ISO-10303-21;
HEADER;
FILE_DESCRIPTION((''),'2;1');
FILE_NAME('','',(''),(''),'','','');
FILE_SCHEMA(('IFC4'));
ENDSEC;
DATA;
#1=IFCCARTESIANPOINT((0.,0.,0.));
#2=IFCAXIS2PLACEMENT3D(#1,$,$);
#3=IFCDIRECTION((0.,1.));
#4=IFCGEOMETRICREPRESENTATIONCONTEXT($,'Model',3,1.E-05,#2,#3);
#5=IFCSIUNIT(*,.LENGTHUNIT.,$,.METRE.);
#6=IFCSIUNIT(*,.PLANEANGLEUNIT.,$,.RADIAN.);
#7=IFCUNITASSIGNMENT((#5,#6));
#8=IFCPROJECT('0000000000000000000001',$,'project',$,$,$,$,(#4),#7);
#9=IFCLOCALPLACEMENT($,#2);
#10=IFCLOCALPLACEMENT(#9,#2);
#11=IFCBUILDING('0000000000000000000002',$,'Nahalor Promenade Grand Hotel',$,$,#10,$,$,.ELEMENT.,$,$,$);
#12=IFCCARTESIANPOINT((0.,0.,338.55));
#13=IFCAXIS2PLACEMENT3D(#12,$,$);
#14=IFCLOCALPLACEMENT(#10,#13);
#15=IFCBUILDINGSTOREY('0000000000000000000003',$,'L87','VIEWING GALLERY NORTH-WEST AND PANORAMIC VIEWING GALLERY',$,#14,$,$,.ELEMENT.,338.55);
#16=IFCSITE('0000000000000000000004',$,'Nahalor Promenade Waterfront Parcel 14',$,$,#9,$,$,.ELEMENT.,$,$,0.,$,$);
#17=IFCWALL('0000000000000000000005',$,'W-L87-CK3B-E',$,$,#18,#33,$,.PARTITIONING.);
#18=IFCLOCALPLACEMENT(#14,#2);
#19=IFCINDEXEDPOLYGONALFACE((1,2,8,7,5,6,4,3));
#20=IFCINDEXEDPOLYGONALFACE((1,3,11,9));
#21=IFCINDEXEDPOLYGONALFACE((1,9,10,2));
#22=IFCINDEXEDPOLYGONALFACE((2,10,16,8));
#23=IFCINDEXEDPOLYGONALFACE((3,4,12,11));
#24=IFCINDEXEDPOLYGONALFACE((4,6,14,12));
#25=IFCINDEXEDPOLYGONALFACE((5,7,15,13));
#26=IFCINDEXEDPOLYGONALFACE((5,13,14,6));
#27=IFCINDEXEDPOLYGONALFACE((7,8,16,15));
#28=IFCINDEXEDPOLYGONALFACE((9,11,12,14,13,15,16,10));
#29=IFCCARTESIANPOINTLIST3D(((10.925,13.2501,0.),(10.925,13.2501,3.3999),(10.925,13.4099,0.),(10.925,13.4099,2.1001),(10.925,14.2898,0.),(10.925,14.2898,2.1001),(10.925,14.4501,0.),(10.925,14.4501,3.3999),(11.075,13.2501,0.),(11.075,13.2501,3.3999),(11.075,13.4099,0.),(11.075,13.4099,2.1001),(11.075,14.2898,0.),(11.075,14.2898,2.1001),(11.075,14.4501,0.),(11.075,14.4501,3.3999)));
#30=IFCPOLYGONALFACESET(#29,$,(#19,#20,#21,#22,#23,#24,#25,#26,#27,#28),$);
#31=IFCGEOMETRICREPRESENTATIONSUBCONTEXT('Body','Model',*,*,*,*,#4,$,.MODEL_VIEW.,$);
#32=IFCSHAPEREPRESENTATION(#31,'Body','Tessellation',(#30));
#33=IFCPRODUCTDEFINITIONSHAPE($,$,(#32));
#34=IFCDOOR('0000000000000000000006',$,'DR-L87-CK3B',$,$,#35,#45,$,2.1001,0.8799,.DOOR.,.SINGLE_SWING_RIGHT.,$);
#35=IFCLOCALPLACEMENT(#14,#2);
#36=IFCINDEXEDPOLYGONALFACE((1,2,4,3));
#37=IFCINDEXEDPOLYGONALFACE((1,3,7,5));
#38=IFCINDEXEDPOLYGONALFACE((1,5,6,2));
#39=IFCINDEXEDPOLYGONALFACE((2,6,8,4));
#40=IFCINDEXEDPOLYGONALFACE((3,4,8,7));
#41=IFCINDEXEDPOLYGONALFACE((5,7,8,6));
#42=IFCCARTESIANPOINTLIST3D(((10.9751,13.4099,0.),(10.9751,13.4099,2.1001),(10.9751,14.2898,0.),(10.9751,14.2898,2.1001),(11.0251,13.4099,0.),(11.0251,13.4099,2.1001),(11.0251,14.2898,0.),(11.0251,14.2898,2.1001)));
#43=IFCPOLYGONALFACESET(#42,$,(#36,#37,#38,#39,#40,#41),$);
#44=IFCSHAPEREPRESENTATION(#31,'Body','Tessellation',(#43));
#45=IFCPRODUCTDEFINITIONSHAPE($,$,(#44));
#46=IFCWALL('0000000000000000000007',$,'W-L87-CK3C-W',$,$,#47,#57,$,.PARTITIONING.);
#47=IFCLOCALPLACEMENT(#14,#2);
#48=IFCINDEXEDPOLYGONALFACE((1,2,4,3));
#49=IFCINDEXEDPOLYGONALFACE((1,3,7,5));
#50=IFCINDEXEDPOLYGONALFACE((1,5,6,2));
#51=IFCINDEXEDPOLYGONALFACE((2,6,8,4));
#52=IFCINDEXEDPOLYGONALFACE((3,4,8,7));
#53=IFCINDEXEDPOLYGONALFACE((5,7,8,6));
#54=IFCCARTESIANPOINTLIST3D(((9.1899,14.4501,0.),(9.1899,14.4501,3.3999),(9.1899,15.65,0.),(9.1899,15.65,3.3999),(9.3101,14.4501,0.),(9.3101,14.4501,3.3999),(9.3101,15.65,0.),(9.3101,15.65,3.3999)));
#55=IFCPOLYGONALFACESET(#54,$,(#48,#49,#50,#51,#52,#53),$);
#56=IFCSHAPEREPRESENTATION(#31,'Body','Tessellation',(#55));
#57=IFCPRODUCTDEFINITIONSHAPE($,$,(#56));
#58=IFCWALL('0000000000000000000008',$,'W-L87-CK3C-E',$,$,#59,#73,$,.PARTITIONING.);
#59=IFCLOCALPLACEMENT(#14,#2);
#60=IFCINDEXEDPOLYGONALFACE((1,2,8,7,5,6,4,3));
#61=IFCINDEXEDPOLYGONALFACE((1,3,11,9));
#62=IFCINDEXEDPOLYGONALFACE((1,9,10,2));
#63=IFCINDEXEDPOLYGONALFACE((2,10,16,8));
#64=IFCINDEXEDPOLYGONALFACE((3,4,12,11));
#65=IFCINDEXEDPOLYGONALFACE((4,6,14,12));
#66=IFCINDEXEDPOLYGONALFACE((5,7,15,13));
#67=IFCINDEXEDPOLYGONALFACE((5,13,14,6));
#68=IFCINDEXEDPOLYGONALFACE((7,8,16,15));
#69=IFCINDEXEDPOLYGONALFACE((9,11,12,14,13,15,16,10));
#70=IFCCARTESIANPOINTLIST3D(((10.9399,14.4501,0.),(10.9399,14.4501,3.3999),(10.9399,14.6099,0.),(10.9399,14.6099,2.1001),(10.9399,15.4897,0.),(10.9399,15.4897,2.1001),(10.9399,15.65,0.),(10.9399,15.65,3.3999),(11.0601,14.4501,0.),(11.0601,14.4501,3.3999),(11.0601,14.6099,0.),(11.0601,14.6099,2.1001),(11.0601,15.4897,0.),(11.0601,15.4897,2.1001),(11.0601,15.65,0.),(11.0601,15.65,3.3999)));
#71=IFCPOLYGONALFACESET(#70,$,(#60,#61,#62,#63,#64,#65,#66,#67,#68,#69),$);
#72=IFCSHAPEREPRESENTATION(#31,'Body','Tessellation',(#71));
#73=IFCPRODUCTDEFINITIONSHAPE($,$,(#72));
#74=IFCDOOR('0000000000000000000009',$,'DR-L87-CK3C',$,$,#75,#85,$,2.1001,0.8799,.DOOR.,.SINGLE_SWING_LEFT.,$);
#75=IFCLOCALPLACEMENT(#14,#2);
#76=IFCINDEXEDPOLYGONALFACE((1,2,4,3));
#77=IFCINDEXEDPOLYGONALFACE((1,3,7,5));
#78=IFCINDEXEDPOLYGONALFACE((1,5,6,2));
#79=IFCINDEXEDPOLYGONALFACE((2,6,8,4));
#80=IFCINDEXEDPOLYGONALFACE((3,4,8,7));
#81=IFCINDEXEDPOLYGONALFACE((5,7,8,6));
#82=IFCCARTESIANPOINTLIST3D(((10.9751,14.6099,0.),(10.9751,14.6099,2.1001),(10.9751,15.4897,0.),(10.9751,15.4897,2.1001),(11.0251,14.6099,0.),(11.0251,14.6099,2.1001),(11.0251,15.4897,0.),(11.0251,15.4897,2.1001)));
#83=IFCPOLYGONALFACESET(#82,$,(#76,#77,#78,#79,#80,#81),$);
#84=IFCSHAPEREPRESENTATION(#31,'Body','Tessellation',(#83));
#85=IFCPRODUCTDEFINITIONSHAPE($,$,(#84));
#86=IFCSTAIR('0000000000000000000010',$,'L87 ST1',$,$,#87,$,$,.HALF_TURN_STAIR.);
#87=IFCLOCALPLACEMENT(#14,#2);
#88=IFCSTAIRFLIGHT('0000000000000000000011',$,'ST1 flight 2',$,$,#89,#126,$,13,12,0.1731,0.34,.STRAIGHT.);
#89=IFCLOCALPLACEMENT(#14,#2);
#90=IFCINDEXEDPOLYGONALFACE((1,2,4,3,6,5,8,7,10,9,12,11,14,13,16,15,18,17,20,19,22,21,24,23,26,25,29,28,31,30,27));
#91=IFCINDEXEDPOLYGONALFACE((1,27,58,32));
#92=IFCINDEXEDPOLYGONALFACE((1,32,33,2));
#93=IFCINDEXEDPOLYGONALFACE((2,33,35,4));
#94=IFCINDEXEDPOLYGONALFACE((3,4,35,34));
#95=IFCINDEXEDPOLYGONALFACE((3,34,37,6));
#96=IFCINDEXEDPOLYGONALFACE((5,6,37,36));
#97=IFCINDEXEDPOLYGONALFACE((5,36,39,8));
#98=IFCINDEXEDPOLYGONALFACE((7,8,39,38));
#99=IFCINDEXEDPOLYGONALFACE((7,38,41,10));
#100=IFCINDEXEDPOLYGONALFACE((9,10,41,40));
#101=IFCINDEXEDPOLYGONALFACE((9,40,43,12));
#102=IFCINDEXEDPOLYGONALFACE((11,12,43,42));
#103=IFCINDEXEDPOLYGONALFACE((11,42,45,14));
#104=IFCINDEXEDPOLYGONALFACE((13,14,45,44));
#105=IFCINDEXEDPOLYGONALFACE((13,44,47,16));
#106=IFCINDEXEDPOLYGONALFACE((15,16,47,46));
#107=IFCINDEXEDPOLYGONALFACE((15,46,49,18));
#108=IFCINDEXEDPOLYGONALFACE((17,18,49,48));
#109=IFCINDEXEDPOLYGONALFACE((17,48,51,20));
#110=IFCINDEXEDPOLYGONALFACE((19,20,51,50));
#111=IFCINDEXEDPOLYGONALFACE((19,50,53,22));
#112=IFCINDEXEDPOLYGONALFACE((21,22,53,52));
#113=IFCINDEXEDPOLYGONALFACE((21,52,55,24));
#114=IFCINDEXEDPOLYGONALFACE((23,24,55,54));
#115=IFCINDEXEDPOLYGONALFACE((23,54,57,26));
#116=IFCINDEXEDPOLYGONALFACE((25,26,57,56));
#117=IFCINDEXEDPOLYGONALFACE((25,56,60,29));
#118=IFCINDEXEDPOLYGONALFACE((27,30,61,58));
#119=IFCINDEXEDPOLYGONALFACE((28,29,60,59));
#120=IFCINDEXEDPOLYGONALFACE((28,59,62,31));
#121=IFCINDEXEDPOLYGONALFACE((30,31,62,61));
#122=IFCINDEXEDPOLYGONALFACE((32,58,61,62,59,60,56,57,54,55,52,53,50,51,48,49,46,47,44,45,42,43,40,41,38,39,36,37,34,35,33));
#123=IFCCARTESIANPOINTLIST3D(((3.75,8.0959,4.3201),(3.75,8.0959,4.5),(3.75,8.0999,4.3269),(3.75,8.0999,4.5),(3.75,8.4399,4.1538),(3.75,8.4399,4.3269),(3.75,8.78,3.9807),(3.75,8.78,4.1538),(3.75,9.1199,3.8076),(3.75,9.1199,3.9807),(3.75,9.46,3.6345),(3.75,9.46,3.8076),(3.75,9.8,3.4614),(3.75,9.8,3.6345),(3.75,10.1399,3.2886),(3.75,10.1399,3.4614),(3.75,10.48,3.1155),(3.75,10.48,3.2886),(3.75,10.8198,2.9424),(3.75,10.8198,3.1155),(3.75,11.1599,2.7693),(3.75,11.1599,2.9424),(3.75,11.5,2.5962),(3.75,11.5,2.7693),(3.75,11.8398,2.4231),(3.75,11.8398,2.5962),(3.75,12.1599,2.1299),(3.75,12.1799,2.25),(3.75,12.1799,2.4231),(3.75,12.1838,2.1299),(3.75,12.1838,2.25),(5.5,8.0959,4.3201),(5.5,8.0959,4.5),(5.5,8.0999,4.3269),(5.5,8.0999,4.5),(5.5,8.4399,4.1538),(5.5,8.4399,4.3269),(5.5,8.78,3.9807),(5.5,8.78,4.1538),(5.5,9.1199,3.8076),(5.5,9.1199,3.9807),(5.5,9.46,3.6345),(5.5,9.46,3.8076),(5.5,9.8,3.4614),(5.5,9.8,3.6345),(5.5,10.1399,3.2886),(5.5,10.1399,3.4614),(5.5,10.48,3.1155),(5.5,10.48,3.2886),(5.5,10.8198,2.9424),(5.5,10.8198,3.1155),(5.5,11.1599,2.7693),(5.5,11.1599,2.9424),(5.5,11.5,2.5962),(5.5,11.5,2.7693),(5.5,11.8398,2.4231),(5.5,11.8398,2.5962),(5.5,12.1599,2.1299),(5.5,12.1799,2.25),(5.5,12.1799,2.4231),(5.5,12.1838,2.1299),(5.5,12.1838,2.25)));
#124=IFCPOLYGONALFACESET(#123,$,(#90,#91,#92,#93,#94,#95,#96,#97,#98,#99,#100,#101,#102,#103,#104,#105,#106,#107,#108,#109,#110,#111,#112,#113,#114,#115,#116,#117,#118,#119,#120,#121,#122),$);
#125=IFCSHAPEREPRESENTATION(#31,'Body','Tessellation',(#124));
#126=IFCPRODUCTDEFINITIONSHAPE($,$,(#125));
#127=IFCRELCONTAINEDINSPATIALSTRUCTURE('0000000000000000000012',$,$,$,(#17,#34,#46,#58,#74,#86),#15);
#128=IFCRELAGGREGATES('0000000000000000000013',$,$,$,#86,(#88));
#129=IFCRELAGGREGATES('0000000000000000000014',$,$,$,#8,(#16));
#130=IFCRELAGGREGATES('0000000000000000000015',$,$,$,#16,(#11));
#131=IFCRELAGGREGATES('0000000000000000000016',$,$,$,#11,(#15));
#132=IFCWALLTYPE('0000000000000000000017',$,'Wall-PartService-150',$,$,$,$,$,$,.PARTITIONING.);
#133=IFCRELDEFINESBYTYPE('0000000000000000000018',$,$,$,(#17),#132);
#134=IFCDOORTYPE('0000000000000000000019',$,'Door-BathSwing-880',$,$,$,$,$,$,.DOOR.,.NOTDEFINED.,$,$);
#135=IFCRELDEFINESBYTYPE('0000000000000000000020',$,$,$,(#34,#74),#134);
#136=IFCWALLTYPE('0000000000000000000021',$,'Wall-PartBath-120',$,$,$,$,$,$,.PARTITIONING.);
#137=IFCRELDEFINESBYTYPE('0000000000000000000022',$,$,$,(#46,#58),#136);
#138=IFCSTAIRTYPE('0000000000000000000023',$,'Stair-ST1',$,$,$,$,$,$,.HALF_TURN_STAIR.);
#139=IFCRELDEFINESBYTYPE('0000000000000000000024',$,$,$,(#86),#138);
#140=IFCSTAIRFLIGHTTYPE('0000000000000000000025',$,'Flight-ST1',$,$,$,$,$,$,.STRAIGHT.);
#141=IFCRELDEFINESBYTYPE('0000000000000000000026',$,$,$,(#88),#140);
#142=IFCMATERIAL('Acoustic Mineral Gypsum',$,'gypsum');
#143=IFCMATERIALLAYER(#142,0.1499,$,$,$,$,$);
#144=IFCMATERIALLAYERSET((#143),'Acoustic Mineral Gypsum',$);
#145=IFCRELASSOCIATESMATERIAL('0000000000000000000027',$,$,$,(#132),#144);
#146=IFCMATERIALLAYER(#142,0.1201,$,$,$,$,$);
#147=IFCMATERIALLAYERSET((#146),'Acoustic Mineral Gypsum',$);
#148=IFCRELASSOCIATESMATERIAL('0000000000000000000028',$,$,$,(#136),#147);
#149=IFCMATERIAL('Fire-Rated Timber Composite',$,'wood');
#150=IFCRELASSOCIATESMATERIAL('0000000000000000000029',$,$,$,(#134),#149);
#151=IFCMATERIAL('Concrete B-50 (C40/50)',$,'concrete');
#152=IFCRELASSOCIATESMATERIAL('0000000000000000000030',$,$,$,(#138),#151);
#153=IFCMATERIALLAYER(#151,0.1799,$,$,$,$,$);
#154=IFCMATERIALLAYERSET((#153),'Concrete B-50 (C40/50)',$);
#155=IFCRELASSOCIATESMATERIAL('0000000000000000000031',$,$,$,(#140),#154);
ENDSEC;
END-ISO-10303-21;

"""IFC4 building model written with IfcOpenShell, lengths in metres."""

from ifc_helpers import new_model, si_unit, direction, frame, frame_2d, origin, place, context, subcontext, project, spatial, polyline, rectangle, outline, extrude, source, transform, mapped, material, layer, layer_set, type_object, element, fill, aggregate, save


model = new_model("IFC4")

# Units and contexts
model_context = context("Model", 3, precision=1e-05, world=origin(), true_north=direction((0.0, 1.0)))
body_context = subcontext(model_context, "Body", "Model", "MODEL_VIEW")
ifc_project = project(units=[si_unit("LENGTHUNIT", "METRE"), si_unit("PLANEANGLEUNIT", "RADIAN")], contexts=[model_context])

# Site, building, storey
site_placement = place(None, origin())
site = spatial("IfcSite", under=ifc_project, at=site_placement, Name="Nahalor Promenade Waterfront Parcel 14", CompositionType="ELEMENT", RefElevation=0.0)
building_placement = place(site_placement, origin())
building = spatial("IfcBuilding", under=site, at=building_placement, Name="Nahalor Promenade Grand Hotel", CompositionType="ELEMENT")
storey_placement = place(building_placement, frame((0.0, 0.0, 338.55)))
storey = spatial("IfcBuildingStorey", under=building, at=storey_placement, Name="L87", Description="VIEWING GALLERY NORTH-WEST AND PANORAMIC VIEWING GALLERY", CompositionType="ELEMENT", Elevation=338.55)

# Shared definitions
ifc_material_1 = material(Name="Concrete B-50 (C40/50)", Category="concrete")

# Shared definitions
ifc_material_2 = material(Name="Acoustic Mineral Gypsum", Category="gypsum")
ifc_layer_1 = layer(ifc_material_2, 0.1499)
ifc_layer_set_1 = layer_set([ifc_layer_1], Name="Acoustic Mineral Gypsum")
wall_type_1 = type_object("IfcWallType", Name="Wall-PartService-150", PredefinedType="PARTITIONING", material=ifc_layer_set_1)
ifc_layer_2 = layer(ifc_material_2, 0.1201)
ifc_layer_set_2 = layer_set([ifc_layer_2], Name="Acoustic Mineral Gypsum")
wall_type_2 = type_object("IfcWallType", Name="Wall-PartBath-120", PredefinedType="PARTITIONING", material=ifc_layer_set_2)
shared_shape_1 = source(origin(), body_context, "Body", "SweptSolid", [
    extrude(rectangle(XDim=1.2, YDim=0.1499, at=frame_2d((0.6001, 0.0))), origin(), (0.0, 0.0, 1.0), 3.3999),
])

# Wall, opening, door
wall_1_placement = place(storey_placement, frame((11.0, 13.25, 0.0), z_axis=(0.0, 0.0, 1.0), x_axis=(0.0, 1.0, 0.0)))
wall_1 = element("IfcWall", 1, at=wall_1_placement, inside=storey, type_object=wall_type_1, Name="W-L87-CK3B-E", PredefinedType="PARTITIONING", context=body_context, shape_type="MappedRepresentation", body=[
    mapped(shared_shape_1, transform((0.0, 0.0, 0.0), scale=1.0)),
])
opening_1_placement = place(wall_1_placement, frame((0.1599, 0.0, 0.0)))
opening_1 = element("IfcOpeningElement", 2, at=opening_1_placement, cuts=wall_1, PredefinedType="OPENING", context=body_context, shape_type="SweptSolid", body=[
    extrude(rectangle(XDim=0.8799, YDim=2.1001, at=frame_2d((0.4399, 1.05))), frame((0.0, 0.085, 0.0), z_axis=(0.0, -1.0, 0.0), x_axis=(1.0, 0.0, 0.0)), (0.0, 0.0, 1.0), 0.1699),
])
ifc_material_3 = material(Name="Fire-Rated Timber Composite", Category="wood")
door_type = type_object("IfcDoorType", Name="Door-BathSwing-880", OperationType="NOTDEFINED", PredefinedType="DOOR", material=ifc_material_3)
shared_shape_2 = source(origin(), body_context, "Body", "SweptSolid", [
    extrude(rectangle(XDim=0.8799, YDim=2.1001, at=frame_2d((0.4399, 1.05))), frame((0.0, 0.0249, 0.0), z_axis=(0.0, -1.0, 0.0), x_axis=(1.0, 0.0, 0.0)), (0.0, 0.0, 1.0), 0.05),
])
door_1_placement = place(opening_1_placement, origin())
door_1 = element("IfcDoor", 3, at=door_1_placement, inside=storey, type_object=door_type, Name="DR-L87-CK3B", OperationType="SINGLE_SWING_RIGHT", OverallHeight=2.1001, OverallWidth=0.8799, PredefinedType="DOOR", context=body_context, shape_type="MappedRepresentation", body=[
    mapped(shared_shape_2, transform((0.0, 0.0, 0.0), scale=1.0)),
])
fill(opening_1, door_1)

# Wall
shared_shape_3 = source(origin(), body_context, "Body", "SweptSolid", [
    extrude(rectangle(XDim=1.2, YDim=0.1201, at=frame_2d((0.6001, 0.0))), origin(), (0.0, 0.0, 1.0), 3.3999),
])
wall_2_placement = place(storey_placement, frame((9.25, 14.45, 0.0), z_axis=(0.0, 0.0, 1.0), x_axis=(0.0, 1.0, 0.0)))
element("IfcWall", 4, at=wall_2_placement, inside=storey, type_object=wall_type_2, Name="W-L87-CK3C-W", PredefinedType="PARTITIONING", context=body_context, shape_type="MappedRepresentation", body=[
    mapped(shared_shape_3, transform((0.0, 0.0, 0.0), scale=1.0)),
])

# Wall, opening, door
wall_3_placement = place(storey_placement, frame((11.0, 14.45, 0.0), z_axis=(0.0, 0.0, 1.0), x_axis=(0.0, 1.0, 0.0)))
wall_3 = element("IfcWall", 5, at=wall_3_placement, inside=storey, type_object=wall_type_2, Name="W-L87-CK3C-E", PredefinedType="PARTITIONING", context=body_context, shape_type="MappedRepresentation", body=[
    mapped(shared_shape_3, transform((0.0, 0.0, 0.0), scale=1.0)),
])
opening_2_placement = place(wall_3_placement, frame((0.1599, 0.0, 0.0)))
opening_2 = element("IfcOpeningElement", 6, at=opening_2_placement, cuts=wall_3, PredefinedType="OPENING", context=body_context, shape_type="SweptSolid", body=[
    extrude(rectangle(XDim=0.8799, YDim=2.1001, at=frame_2d((0.4399, 1.05))), frame((0.0, 0.0701, 0.0), z_axis=(0.0, -1.0, 0.0), x_axis=(1.0, 0.0, 0.0)), (0.0, 0.0, 1.0), 0.1401),
])
door_2_placement = place(opening_2_placement, origin())
door_2 = element("IfcDoor", 7, at=door_2_placement, inside=storey, type_object=door_type, Name="DR-L87-CK3C", OperationType="SINGLE_SWING_LEFT", OverallHeight=2.1001, OverallWidth=0.8799, PredefinedType="DOOR", context=body_context, shape_type="MappedRepresentation", body=[
    mapped(shared_shape_2, transform((0.0, 0.0, 0.0), scale=1.0)),
])
fill(opening_2, door_2)

# Stair, stair flight
stair_type = type_object("IfcStairType", Name="Stair-ST1", PredefinedType="HALF_TURN_STAIR", material=ifc_material_1)
stair_placement = place(storey_placement, origin())
stair = element("IfcStair", 8, at=stair_placement, inside=storey, type_object=stair_type, Name="L87 ST1", PredefinedType="HALF_TURN_STAIR")
ifc_layer_3 = layer(ifc_material_1, 0.1799)
ifc_layer_set_3 = layer_set([ifc_layer_3], Name="Concrete B-50 (C40/50)")
stair_flight_type = type_object("IfcStairFlightType", Name="Flight-ST1", PredefinedType="STRAIGHT", material=ifc_layer_set_3)
shared_shape_4 = source(origin(), body_context, "Body", "SweptSolid", [
    extrude(outline(polyline([(-0.0039, -0.1201), (-0.0039, 0.0), (0.0, 0.0), (0.0, 0.1731), (0.3401, 0.1731), (0.3401, 0.3462), (0.6799, 0.3462), (0.6799, 0.5193), (1.02, 0.5193), (1.02, 0.6924), (1.3601, 0.6924), (1.3601, 0.8655), (1.7, 0.8655), (1.7, 1.0386), (2.04, 1.0386), (2.04, 1.2114), (2.3799, 1.2114), (2.3799, 1.3845), (2.72, 1.3845), (2.72, 1.5576), (3.0601, 1.5576), (3.0601, 1.7307), (3.3999, 1.7307), (3.3999, 1.9038), (3.74, 1.9038), (3.74, 2.0769), (4.0801, 2.0769), (4.0801, 2.25), (4.084, 2.25), (4.084, 2.0701), (0.02, -0.1201), (-0.0039, -0.1201)])), frame((0.0, 0.875, 0.0), z_axis=(0.0, -1.0, 0.0), x_axis=(1.0, 0.0, 0.0)), (0.0, 0.0, 1.0), 1.75),
])
stair_flight_placement = place(storey_placement, frame((4.625, 12.1799, 2.25), z_axis=(0.0, 0.0, 1.0), x_axis=(0.0, -1.0, 0.0)))
stair_flight = element("IfcStairFlight", 9, at=stair_flight_placement, type_object=stair_flight_type, Name="ST1 flight 2", NumberOfRisers=13, NumberOfTreads=12, PredefinedType="STRAIGHT", RiserHeight=0.1731, TreadLength=0.34, context=body_context, shape_type="MappedRepresentation", body=[
    mapped(shared_shape_4, transform((0.0, 0.0, 0.0), scale=1.0)),
])
aggregate(stair, [stair_flight])

save(model, "model.ifc")
